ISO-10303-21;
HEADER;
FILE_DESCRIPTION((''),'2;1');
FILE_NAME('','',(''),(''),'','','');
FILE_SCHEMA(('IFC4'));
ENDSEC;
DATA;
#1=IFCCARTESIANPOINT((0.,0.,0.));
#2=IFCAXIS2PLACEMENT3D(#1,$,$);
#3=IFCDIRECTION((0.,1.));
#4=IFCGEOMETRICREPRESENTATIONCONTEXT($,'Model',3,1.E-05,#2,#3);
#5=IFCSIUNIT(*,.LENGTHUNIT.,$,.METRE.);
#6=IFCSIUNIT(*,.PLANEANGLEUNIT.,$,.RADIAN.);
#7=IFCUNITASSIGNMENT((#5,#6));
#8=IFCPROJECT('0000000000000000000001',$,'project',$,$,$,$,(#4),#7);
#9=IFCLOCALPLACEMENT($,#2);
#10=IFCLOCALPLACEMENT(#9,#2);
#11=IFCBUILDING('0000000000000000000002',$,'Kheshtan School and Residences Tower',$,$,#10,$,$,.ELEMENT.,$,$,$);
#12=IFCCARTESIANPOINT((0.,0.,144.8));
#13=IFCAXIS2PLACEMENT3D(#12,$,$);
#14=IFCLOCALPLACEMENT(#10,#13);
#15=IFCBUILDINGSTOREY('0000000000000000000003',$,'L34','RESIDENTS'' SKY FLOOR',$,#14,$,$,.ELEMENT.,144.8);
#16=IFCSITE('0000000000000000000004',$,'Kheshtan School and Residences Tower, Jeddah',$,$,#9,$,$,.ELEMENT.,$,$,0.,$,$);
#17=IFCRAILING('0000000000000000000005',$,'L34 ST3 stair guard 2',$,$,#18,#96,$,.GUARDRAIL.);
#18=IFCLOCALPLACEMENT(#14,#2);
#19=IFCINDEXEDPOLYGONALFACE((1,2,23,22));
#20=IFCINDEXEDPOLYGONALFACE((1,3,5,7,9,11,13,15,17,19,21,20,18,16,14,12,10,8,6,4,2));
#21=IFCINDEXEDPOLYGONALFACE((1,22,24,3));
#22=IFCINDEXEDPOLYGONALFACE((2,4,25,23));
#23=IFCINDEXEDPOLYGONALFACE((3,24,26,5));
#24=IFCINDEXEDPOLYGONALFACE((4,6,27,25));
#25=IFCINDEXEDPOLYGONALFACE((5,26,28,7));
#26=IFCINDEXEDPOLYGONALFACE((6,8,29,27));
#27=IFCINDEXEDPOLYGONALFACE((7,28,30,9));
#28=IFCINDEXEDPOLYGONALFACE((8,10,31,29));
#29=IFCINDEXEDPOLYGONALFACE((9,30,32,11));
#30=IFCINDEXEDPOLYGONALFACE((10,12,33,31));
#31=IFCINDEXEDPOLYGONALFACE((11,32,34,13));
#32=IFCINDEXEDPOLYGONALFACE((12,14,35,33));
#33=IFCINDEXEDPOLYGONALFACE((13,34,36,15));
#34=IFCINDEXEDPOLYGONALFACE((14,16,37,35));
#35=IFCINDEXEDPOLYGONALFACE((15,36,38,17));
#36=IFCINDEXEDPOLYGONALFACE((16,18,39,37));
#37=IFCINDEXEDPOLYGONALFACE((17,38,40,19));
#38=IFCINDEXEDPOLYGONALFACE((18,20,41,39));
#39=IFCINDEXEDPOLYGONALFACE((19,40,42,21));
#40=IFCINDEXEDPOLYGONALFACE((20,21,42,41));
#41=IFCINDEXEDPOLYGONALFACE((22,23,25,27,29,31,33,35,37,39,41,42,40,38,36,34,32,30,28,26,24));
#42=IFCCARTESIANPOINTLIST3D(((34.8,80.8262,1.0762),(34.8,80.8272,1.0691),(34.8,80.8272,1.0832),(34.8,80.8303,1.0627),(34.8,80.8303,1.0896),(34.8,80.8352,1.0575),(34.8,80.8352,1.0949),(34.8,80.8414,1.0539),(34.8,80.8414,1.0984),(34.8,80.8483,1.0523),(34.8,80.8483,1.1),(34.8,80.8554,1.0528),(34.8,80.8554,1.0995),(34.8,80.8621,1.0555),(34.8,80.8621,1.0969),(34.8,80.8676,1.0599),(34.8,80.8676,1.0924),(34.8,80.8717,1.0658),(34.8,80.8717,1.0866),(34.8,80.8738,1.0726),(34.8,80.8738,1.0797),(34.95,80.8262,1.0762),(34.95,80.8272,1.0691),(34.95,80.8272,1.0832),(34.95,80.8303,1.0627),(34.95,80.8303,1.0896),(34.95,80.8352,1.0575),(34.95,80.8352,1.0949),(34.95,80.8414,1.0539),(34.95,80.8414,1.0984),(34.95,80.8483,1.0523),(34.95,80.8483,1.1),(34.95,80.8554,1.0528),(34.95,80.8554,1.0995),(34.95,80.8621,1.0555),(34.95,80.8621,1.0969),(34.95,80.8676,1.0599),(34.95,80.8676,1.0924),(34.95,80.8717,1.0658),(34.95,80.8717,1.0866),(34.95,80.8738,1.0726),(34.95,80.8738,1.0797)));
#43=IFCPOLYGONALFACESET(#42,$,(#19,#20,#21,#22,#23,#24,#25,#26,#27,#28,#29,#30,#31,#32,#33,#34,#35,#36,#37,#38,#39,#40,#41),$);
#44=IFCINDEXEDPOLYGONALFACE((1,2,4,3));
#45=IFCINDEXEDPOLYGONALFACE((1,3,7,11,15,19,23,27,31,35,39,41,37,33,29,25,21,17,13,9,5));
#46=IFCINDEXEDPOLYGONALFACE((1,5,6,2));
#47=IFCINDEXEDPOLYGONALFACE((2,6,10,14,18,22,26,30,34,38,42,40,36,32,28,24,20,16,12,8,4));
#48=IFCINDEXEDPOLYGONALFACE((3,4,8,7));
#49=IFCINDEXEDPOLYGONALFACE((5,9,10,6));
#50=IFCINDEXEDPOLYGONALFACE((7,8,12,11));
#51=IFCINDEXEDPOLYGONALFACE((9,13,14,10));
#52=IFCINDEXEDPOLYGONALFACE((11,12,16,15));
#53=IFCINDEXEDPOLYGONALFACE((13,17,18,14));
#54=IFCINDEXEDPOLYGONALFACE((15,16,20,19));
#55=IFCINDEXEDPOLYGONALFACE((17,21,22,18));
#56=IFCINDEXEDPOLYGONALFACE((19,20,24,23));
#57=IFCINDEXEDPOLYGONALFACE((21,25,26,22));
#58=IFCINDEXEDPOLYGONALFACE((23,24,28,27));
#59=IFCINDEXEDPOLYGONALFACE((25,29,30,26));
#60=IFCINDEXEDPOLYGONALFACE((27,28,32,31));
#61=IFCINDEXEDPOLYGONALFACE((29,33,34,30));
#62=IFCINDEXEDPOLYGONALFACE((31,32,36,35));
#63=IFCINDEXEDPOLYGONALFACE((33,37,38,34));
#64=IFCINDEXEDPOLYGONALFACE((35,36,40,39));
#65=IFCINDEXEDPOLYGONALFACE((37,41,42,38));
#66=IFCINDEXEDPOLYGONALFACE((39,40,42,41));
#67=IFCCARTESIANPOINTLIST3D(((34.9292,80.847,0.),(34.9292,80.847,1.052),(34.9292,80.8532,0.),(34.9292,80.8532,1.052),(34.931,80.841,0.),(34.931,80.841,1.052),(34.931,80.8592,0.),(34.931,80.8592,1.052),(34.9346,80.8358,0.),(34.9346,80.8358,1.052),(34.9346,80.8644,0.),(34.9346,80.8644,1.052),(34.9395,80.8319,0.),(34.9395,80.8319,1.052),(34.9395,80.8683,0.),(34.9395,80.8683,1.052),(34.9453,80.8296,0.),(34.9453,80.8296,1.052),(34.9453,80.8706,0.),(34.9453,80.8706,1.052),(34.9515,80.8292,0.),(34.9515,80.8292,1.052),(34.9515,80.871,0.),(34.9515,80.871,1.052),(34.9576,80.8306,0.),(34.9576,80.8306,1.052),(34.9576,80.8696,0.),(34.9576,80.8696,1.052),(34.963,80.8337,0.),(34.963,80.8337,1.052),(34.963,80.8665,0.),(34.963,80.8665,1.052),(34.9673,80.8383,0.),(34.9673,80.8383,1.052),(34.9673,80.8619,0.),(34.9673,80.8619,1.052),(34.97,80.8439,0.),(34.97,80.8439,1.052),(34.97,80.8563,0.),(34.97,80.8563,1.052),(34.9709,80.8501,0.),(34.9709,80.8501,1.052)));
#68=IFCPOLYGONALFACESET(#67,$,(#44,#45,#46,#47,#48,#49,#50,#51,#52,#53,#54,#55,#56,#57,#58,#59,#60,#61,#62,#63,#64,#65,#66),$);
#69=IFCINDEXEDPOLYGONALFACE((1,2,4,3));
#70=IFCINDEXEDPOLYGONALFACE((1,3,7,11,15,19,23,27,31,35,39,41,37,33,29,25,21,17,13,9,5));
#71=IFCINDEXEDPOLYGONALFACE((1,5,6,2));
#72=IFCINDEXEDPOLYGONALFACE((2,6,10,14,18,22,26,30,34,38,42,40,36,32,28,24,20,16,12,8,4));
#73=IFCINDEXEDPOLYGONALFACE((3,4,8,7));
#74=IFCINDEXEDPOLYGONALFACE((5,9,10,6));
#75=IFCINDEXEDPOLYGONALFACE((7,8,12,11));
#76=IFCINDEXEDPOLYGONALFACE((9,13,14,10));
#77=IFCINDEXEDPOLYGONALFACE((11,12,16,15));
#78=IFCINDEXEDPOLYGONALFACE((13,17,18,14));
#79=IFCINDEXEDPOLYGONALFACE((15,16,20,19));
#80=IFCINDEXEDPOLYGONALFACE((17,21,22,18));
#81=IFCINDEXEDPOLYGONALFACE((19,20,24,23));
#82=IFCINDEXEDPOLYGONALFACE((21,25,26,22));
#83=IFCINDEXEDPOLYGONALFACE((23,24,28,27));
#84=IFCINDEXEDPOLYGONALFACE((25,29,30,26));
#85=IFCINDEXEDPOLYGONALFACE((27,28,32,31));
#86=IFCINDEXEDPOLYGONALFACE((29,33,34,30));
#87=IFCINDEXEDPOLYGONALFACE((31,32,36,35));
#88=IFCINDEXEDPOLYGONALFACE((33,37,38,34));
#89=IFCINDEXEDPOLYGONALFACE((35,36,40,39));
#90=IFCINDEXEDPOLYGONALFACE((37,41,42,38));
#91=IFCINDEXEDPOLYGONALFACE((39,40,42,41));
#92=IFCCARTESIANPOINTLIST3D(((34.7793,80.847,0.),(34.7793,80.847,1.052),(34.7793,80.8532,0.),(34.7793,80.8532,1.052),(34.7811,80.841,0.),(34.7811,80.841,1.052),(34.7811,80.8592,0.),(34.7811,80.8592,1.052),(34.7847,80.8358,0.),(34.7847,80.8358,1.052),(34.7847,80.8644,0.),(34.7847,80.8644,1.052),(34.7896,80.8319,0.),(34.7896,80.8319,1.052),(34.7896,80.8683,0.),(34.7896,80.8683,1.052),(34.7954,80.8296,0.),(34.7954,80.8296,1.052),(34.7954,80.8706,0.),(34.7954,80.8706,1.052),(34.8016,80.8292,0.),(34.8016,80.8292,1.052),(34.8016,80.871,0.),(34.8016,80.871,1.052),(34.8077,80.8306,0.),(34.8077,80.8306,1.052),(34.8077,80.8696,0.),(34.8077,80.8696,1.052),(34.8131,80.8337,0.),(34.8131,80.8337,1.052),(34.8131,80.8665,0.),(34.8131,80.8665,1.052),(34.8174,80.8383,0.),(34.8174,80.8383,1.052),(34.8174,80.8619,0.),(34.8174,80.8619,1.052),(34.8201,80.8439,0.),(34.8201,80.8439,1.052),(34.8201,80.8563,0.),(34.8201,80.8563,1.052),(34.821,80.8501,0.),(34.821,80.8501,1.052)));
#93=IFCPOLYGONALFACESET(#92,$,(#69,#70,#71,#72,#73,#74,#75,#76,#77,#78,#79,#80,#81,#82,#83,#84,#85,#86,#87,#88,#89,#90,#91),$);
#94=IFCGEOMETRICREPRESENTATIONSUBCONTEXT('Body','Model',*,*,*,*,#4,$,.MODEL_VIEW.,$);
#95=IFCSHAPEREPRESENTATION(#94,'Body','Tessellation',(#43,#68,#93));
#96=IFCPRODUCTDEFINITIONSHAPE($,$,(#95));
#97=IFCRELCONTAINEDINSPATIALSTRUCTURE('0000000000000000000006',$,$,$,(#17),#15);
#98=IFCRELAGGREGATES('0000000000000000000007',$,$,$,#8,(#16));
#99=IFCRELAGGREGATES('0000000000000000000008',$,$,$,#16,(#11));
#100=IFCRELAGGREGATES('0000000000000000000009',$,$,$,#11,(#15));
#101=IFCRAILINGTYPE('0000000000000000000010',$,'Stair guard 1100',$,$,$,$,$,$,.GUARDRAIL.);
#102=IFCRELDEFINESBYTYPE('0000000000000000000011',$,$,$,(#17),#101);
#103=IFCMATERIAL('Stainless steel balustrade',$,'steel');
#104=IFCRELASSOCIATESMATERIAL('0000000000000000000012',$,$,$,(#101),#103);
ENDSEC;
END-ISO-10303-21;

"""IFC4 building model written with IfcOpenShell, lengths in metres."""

from ifc_helpers import new_model, si_unit, direction, frame, origin, origin_2d, place, context, subcontext, project, spatial, circle, extrude, material, type_object, element, save


model = new_model("IFC4")

# Units and contexts
model_context = context("Model", 3, precision=1e-05, world=origin(), true_north=direction((0.0, 1.0)))
body_context = subcontext(model_context, "Body", "Model", "MODEL_VIEW")
ifc_project = project(units=[si_unit("LENGTHUNIT", "METRE"), si_unit("PLANEANGLEUNIT", "RADIAN")], contexts=[model_context])

# Site, building, storey
site_placement = place(None, origin())
site = spatial("IfcSite", under=ifc_project, at=site_placement, Name="Kheshtan School and Residences Tower, Jeddah", CompositionType="ELEMENT", RefElevation=0.0)
building_placement = place(site_placement, origin())
building = spatial("IfcBuilding", under=site, at=building_placement, Name="Kheshtan School and Residences Tower", CompositionType="ELEMENT")
storey_placement = place(building_placement, frame((0.0, 0.0, 144.8)))
storey = spatial("IfcBuildingStorey", under=building, at=storey_placement, Name="L34", Description="RESIDENTS' SKY FLOOR", CompositionType="ELEMENT", Elevation=144.8)

# Railing
ifc_material_1 = material(Name="Stainless steel balustrade", Category="steel")
railing_type_1 = type_object("IfcRailingType", Name="Stair guard 1100", PredefinedType="GUARDRAIL", material=ifc_material_1)
railing_1_placement = place(storey_placement, frame((34.95, 80.8501, 0.0)))
element("IfcRailing", 1, at=railing_1_placement, inside=storey, type_object=railing_type_1, Name="L34 ST3 stair guard 2", PredefinedType="GUARDRAIL", context=body_context, shape_type="SweptSolid", body=[
    extrude(circle(Radius=0.0239, at=origin_2d()), frame((0.0, 0.0, 1.0762), z_axis=(-1.0, 0.0, 0.0), x_axis=(0.0, -1.0, 0.0)), (0.0, 0.0, 1.0), 0.1499),
    extrude(circle(Radius=0.021, at=origin_2d()), origin(), (0.0, 0.0, 1.0), 1.052),
    extrude(circle(Radius=0.021, at=origin_2d()), frame((-0.1499, 0.0, 0.0)), (0.0, 0.0, 1.0), 1.052),
])

save(model, "model.ifc")
